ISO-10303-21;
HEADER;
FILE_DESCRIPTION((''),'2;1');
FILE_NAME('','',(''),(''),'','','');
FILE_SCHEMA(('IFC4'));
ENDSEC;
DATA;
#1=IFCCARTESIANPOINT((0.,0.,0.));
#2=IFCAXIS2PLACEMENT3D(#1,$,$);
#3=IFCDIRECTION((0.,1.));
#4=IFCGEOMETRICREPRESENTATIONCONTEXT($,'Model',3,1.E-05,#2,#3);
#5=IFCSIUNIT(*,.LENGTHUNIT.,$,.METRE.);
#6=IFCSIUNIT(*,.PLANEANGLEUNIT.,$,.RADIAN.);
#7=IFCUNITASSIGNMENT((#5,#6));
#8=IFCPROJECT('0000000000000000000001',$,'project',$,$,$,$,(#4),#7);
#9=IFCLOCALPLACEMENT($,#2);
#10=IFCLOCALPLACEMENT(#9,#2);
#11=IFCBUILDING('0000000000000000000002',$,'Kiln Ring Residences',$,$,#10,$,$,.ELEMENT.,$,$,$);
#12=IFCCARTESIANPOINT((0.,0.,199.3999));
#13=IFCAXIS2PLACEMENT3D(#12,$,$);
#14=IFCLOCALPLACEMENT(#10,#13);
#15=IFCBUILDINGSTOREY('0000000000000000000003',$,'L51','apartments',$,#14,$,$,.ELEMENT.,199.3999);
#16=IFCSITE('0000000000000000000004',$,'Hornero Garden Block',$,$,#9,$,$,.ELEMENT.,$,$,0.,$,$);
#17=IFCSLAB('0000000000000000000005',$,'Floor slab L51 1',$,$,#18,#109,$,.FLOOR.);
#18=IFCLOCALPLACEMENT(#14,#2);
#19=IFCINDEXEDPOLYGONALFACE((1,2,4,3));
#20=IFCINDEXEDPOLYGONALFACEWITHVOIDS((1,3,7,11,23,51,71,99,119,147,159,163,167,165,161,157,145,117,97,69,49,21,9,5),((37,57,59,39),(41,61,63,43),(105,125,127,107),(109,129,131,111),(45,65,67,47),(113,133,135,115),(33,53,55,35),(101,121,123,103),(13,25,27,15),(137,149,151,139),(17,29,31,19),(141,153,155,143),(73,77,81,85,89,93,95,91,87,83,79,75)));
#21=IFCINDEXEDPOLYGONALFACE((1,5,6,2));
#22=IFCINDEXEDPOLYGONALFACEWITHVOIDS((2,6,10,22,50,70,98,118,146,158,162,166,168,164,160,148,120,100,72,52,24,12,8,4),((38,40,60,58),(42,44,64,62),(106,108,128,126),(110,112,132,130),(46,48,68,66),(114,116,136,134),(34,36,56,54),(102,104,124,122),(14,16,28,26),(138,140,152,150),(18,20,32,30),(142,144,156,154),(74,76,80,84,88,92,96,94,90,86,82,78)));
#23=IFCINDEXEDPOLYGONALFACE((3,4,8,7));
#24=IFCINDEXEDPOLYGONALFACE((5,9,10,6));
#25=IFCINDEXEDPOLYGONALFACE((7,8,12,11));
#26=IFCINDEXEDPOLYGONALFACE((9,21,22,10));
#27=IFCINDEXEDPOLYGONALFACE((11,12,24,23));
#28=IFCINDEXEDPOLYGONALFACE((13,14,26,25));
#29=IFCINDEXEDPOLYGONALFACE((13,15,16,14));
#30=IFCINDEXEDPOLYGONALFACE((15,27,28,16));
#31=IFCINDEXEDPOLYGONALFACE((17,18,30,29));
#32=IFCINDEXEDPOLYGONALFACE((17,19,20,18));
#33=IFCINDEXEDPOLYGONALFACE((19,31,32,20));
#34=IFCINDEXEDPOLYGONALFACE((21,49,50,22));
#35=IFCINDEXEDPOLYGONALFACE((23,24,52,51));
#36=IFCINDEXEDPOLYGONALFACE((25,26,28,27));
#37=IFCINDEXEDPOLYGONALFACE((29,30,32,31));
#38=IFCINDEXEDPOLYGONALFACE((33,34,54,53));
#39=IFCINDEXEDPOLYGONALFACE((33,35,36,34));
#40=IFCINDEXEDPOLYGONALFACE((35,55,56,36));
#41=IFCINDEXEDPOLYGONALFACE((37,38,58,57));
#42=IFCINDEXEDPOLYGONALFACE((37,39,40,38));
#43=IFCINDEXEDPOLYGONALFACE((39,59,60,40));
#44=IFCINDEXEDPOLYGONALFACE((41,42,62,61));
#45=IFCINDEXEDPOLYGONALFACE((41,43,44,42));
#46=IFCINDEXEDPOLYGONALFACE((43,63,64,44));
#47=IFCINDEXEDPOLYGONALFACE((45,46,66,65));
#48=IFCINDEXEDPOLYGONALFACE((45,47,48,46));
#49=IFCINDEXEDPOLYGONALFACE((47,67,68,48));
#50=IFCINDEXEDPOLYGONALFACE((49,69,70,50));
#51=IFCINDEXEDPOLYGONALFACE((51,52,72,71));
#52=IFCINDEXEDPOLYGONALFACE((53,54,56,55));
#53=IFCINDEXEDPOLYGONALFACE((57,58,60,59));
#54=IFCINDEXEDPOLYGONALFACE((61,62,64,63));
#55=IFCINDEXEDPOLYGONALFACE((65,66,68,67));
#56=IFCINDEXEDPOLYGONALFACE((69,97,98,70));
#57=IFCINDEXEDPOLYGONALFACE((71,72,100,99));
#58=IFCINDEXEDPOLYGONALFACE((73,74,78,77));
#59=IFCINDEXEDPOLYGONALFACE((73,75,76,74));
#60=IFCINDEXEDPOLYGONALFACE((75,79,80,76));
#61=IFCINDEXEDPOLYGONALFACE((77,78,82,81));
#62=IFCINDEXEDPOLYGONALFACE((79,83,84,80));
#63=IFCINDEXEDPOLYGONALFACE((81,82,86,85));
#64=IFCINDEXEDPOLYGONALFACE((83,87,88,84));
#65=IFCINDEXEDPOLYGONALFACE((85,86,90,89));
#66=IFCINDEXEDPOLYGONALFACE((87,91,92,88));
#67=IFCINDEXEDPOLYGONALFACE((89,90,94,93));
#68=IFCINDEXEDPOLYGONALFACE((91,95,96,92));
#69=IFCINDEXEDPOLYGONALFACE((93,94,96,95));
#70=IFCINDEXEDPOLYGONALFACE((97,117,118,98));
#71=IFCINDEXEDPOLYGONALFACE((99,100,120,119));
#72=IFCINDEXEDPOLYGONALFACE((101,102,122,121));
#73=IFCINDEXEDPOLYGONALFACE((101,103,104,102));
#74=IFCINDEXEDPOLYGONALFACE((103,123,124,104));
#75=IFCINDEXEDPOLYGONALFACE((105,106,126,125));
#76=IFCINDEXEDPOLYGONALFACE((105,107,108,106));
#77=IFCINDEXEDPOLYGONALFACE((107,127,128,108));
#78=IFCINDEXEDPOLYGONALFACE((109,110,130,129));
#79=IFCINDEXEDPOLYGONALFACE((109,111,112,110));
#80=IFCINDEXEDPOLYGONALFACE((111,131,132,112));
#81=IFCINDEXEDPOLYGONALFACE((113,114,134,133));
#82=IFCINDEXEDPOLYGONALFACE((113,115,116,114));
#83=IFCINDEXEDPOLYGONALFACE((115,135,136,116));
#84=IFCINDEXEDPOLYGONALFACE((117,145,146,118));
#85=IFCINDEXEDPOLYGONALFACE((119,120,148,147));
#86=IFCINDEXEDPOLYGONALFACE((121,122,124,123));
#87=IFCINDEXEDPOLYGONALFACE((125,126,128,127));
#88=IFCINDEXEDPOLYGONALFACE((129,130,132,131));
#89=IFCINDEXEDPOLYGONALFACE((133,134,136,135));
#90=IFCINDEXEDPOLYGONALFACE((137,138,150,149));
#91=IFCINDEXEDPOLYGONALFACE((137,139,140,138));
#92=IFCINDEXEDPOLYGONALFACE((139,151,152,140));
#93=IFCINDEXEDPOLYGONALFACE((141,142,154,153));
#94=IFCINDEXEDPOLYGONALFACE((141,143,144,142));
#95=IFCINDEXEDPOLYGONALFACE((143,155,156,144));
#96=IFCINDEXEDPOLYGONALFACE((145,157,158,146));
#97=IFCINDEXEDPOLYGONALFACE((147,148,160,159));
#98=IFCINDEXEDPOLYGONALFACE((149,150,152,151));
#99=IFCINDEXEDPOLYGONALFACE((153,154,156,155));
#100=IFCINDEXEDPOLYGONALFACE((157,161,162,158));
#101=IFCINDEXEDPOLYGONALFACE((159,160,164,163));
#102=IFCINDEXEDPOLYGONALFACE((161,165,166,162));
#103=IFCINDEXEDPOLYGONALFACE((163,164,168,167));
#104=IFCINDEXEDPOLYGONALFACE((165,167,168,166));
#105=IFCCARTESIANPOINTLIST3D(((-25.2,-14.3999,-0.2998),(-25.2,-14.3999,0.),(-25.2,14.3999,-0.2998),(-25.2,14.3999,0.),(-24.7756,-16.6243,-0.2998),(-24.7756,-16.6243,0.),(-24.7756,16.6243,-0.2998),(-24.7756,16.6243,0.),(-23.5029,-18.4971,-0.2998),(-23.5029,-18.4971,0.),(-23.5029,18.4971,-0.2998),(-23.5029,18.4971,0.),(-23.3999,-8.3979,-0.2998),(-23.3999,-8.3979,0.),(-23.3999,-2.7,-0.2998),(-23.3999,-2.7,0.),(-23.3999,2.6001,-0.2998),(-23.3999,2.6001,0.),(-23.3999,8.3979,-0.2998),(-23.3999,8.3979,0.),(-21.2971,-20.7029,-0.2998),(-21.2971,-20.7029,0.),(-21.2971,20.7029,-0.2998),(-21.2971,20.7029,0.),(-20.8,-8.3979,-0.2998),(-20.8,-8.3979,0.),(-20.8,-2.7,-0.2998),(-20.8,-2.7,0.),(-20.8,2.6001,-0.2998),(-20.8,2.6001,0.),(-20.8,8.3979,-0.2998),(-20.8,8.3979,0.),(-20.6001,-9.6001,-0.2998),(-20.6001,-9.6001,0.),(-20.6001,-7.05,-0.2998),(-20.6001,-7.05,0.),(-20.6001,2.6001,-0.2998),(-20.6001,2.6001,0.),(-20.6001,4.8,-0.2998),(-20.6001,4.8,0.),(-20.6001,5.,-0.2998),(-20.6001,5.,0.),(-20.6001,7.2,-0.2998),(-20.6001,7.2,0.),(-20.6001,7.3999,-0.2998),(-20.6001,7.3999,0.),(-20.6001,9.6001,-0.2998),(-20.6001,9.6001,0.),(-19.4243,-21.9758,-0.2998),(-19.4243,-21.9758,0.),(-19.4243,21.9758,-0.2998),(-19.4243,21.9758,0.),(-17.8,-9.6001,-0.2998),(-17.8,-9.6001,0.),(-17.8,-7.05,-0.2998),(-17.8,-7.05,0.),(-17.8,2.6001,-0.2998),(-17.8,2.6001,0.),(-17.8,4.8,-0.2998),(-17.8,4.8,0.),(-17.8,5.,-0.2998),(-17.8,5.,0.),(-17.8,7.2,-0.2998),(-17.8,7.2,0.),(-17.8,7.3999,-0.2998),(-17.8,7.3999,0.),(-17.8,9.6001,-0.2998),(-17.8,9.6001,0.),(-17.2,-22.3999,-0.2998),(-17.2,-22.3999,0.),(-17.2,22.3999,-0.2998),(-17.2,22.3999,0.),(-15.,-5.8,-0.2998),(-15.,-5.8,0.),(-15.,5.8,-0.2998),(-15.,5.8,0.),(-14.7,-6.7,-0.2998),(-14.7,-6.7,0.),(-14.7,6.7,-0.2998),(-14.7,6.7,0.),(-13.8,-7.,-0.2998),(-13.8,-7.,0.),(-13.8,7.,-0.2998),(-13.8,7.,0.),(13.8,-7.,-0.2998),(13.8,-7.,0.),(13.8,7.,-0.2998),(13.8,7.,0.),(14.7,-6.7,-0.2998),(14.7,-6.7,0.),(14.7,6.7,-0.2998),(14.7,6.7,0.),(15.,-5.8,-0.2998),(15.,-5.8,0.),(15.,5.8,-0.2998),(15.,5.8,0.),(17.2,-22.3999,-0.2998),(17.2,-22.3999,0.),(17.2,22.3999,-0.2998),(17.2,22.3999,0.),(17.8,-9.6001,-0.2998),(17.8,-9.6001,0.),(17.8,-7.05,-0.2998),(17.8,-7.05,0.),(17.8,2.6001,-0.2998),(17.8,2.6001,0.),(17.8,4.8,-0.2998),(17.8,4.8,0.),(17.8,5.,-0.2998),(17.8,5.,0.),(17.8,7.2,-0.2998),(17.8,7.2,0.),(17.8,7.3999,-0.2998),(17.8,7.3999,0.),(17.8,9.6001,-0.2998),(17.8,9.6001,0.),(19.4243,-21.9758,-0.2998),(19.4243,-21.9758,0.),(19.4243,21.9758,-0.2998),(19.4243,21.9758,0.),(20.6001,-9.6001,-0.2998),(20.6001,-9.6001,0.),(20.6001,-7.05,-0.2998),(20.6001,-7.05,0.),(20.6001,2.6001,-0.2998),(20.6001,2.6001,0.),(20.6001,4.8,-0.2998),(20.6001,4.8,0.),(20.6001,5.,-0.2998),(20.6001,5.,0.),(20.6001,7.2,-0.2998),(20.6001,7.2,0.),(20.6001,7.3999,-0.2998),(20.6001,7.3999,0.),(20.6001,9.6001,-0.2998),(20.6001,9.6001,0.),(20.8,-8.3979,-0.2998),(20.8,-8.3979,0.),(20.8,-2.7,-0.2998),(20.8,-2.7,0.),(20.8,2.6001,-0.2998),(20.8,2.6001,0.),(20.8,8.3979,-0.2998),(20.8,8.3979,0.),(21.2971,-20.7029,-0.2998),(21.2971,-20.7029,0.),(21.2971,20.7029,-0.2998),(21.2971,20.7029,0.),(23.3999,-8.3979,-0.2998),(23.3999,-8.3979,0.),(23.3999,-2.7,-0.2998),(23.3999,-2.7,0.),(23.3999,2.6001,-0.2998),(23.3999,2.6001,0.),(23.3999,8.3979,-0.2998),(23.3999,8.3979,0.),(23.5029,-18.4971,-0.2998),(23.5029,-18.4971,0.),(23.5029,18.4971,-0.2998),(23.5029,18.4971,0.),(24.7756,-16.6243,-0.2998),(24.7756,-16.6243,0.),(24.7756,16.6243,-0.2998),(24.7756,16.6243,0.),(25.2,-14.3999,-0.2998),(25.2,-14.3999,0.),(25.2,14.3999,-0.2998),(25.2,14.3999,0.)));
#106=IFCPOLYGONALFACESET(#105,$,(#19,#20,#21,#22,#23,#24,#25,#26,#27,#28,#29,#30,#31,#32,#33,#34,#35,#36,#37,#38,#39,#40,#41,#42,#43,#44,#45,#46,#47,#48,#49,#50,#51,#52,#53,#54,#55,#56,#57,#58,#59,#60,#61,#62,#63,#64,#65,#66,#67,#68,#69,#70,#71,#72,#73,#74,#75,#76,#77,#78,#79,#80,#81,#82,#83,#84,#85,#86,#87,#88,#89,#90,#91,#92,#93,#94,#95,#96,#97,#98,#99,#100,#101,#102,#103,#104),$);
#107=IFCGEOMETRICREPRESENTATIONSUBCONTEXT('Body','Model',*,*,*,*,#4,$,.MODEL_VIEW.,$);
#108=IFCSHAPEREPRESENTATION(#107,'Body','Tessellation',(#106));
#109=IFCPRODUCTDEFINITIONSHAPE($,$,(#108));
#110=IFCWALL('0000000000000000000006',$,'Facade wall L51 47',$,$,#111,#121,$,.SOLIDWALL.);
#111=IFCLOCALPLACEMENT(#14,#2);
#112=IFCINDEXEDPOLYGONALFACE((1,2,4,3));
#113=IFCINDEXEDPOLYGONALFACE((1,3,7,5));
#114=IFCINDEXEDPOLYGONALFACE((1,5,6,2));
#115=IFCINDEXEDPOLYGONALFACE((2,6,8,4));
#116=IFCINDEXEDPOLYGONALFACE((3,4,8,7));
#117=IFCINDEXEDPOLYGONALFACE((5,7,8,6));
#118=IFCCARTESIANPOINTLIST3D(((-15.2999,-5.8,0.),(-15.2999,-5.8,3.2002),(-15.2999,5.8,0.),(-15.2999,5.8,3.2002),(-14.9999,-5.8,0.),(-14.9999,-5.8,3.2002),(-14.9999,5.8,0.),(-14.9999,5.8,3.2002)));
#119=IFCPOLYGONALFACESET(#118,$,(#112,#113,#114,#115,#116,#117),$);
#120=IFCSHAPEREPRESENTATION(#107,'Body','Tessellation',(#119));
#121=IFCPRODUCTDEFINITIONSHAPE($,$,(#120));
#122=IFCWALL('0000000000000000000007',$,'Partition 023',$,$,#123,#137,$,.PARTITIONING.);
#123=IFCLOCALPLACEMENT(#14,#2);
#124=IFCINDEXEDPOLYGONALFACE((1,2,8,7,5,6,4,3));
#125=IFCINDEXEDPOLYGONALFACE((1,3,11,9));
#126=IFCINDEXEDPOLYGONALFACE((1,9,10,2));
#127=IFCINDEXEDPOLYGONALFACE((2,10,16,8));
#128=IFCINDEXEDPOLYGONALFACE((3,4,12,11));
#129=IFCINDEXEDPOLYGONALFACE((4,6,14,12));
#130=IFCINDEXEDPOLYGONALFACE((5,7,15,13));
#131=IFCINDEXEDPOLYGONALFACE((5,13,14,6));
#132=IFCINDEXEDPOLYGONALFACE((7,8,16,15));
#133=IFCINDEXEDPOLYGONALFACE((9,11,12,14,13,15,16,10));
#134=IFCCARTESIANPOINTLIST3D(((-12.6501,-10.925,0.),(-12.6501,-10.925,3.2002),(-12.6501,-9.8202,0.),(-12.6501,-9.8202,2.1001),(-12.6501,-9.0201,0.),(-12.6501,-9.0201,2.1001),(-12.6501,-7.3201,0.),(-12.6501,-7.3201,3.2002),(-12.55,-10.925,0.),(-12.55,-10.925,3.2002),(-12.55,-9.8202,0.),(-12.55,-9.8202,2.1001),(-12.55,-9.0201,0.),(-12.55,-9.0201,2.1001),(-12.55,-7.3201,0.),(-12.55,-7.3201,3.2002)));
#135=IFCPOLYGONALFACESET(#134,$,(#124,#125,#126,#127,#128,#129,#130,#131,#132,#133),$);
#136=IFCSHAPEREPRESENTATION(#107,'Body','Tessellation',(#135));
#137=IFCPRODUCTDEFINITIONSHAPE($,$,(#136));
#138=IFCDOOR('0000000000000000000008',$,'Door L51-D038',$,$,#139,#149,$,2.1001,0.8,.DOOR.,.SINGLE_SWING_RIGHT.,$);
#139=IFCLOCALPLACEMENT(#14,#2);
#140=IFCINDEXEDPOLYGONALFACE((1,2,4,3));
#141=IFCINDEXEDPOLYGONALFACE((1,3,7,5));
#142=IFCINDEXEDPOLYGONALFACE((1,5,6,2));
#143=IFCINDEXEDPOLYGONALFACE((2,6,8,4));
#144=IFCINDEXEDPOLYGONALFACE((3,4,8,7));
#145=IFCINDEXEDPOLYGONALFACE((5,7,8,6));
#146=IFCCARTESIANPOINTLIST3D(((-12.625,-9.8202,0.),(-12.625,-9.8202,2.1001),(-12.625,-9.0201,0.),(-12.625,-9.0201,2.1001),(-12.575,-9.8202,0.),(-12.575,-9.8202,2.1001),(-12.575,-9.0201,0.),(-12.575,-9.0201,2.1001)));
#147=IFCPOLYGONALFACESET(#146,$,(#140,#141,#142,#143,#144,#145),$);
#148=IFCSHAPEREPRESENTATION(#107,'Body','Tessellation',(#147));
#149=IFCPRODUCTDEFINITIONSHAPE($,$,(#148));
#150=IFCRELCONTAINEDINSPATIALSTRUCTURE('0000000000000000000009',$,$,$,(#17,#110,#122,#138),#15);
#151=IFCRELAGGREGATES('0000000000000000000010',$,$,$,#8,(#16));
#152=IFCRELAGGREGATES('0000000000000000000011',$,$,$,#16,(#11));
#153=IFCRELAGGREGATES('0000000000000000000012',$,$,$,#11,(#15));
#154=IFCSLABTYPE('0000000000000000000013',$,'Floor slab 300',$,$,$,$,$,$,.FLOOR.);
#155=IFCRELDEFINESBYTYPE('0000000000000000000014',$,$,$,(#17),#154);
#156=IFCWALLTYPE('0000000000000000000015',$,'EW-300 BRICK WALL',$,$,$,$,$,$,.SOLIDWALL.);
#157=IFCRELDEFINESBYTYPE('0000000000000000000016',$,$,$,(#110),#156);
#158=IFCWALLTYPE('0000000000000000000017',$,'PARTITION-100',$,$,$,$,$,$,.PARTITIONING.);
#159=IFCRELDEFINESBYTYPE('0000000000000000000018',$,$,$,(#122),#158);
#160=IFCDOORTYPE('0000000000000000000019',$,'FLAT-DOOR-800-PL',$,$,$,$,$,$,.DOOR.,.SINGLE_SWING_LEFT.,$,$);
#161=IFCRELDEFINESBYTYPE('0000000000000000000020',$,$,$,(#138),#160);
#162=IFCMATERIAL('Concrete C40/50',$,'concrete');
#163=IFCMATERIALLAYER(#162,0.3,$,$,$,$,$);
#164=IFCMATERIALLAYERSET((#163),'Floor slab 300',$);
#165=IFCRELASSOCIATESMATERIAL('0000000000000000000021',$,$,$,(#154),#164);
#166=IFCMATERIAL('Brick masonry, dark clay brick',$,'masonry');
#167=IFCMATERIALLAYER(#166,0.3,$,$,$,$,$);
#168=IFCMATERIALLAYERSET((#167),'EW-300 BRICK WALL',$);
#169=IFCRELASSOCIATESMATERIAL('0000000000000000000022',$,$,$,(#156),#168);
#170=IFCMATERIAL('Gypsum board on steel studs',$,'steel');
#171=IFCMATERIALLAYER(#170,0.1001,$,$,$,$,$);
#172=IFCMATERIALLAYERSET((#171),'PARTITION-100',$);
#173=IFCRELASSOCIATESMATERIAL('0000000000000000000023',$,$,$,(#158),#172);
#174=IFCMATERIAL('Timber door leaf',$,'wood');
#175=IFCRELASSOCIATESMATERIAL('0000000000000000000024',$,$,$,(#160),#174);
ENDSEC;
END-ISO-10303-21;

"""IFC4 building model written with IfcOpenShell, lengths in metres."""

from ifc_helpers import new_model, si_unit, direction, frame, frame_2d, origin, place, context, subcontext, project, spatial, polyline, rectangle, outline, extrude, material, layer, layer_set, type_object, element, fill, save


model = new_model("IFC4")

# Units and contexts
model_context = context("Model", 3, precision=1e-05, world=origin(), true_north=direction((0.0, 1.0)))
body_context = subcontext(model_context, "Body", "Model", "MODEL_VIEW")
ifc_project = project(units=[si_unit("LENGTHUNIT", "METRE"), si_unit("PLANEANGLEUNIT", "RADIAN")], contexts=[model_context])

# Site, building, storey
site_placement = place(None, origin())
site = spatial("IfcSite", under=ifc_project, at=site_placement, Name="Hornero Garden Block", CompositionType="ELEMENT", RefElevation=0.0)
building_placement = place(site_placement, origin())
building = spatial("IfcBuilding", under=site, at=building_placement, Name="Kiln Ring Residences", CompositionType="ELEMENT")
storey_placement = place(building_placement, frame((0.0, 0.0, 199.3999)))
storey = spatial("IfcBuildingStorey", under=building, at=storey_placement, Name="L51", Description="apartments", CompositionType="ELEMENT", Elevation=199.3999)

# Slab
ifc_material_1 = material(Name="Concrete C40/50", Category="concrete")
ifc_layer_1 = layer(ifc_material_1, 0.3)
ifc_layer_set_1 = layer_set([ifc_layer_1], Name="Floor slab 300")
slab_type = type_object("IfcSlabType", Name="Floor slab 300", PredefinedType="FLOOR", material=ifc_layer_set_1)
slab_placement = place(storey_placement, frame((0.0, 0.0, -0.2998)))
element("IfcSlab", 1, at=slab_placement, inside=storey, type_object=slab_type, Name="Floor slab L51 1", PredefinedType="FLOOR", context=body_context, shape_type="SweptSolid", body=[
    extrude(outline(polyline([(-23.5029, -18.4971), (-21.2971, -20.7029), (-19.4243, -21.9758), (-17.2, -22.3999), (17.2, -22.3999), (19.4243, -21.9758), (21.2971, -20.7029), (23.5029, -18.4971), (24.7756, -16.6243), (25.2, -14.3999), (25.2, 14.3999), (24.7756, 16.6243), (23.5029, 18.4971), (21.2971, 20.7029), (19.4243, 21.9758), (17.2, 22.3999), (-17.2, 22.3999), (-19.4243, 21.9758), (-21.2971, 20.7029), (-23.5029, 18.4971), (-24.7756, 16.6243), (-25.2, 14.3999), (-25.2, -14.3999), (-24.7756, -16.6243), (-23.5029, -18.4971)]), holes=[polyline([(-14.7, -6.7), (-15.0, -5.8), (-15.0, 5.8), (-14.7, 6.7), (-13.8, 7.0), (13.8, 7.0), (14.7, 6.7), (15.0, 5.8), (15.0, -5.8), (14.7, -6.7), (13.8, -7.0), (-13.8, -7.0), (-14.7, -6.7)]), polyline([(20.8, -8.3979), (20.8, -2.7), (23.3999, -2.7), (23.3999, -8.3979), (20.8, -8.3979)]), polyline([(23.3999, 2.6001), (20.8, 2.6001), (20.8, 8.3979), (23.3999, 8.3979), (23.3999, 2.6001)]), polyline([(17.8, 2.6001), (17.8, 4.8), (20.6001, 4.8), (20.6001, 2.6001), (17.8, 2.6001)]), polyline([(17.8, 5.0), (17.8, 7.2), (20.6001, 7.2), (20.6001, 5.0), (17.8, 5.0)]), polyline([(17.8, 7.3999), (17.8, 9.6001), (20.6001, 9.6001), (20.6001, 7.3999), (17.8, 7.3999)]), polyline([(20.6001, -9.6001), (17.8, -9.6001), (17.8, -7.05), (20.6001, -7.05), (20.6001, -9.6001)]), polyline([(-17.8, -7.05), (-17.8, -9.6001), (-20.6001, -9.6001), (-20.6001, -7.05), (-17.8, -7.05)]), polyline([(-17.8, 2.6001), (-20.6001, 2.6001), (-20.6001, 4.8), (-17.8, 4.8), (-17.8, 2.6001)]), polyline([(-17.8, 5.0), (-20.6001, 5.0), (-20.6001, 7.2), (-17.8, 7.2), (-17.8, 5.0)]), polyline([(-17.8, 7.3999), (-20.6001, 7.3999), (-20.6001, 9.6001), (-17.8, 9.6001), (-17.8, 7.3999)]), polyline([(-20.8, -8.3979), (-23.3999, -8.3979), (-23.3999, -2.7), (-20.8, -2.7), (-20.8, -8.3979)]), polyline([(-20.8, 8.3979), (-20.8, 2.6001), (-23.3999, 2.6001), (-23.3999, 8.3979), (-20.8, 8.3979)])]), origin(), (0.0, 0.0, 1.0), 0.2998),
])

# Wall
ifc_material_2 = material(Name="Brick masonry, dark clay brick", Category="masonry")
ifc_layer_2 = layer(ifc_material_2, 0.3)
ifc_layer_set_2 = layer_set([ifc_layer_2], Name="EW-300 BRICK WALL")
wall_type_1 = type_object("IfcWallType", Name="EW-300 BRICK WALL", PredefinedType="SOLIDWALL", material=ifc_layer_set_2)
wall_1_placement = place(storey_placement, frame((-15.1499, -5.8, 0.0), z_axis=(0.0, 0.0, 1.0), x_axis=(0.0, 1.0, 0.0)))
element("IfcWall", 2, at=wall_1_placement, inside=storey, type_object=wall_type_1, Name="Facade wall L51 47", PredefinedType="SOLIDWALL", context=body_context, shape_type="SweptSolid", body=[
    extrude(rectangle(XDim=11.6001, YDim=0.3, at=frame_2d((5.8, 0.0))), origin(), (0.0, 0.0, 1.0), 3.2002),
])

# Wall, opening, door
ifc_material_3 = material(Name="Gypsum board on steel studs", Category="steel")
ifc_layer_3 = layer(ifc_material_3, 0.1001)
ifc_layer_set_3 = layer_set([ifc_layer_3], Name="PARTITION-100")
wall_type_2 = type_object("IfcWallType", Name="PARTITION-100", PredefinedType="PARTITIONING", material=ifc_layer_set_3)
wall_2_placement = place(storey_placement, frame((-12.6001, -10.925, 0.0), z_axis=(0.0, 0.0, 1.0), x_axis=(0.0, 1.0, 0.0)))
wall_2 = element("IfcWall", 3, at=wall_2_placement, inside=storey, type_object=wall_type_2, Name="Partition 023", PredefinedType="PARTITIONING", context=body_context, shape_type="SweptSolid", body=[
    extrude(rectangle(XDim=3.605, YDim=0.1001, at=frame_2d((1.8025, 0.0))), origin(), (0.0, 0.0, 1.0), 3.2002),
])
opening_1_placement = place(wall_2_placement, frame((1.105, 0.0, 0.0)))
opening_1 = element("IfcOpeningElement", 4, at=opening_1_placement, cuts=wall_2, PredefinedType="OPENING", context=body_context, shape_type="SweptSolid", body=[
    extrude(rectangle(XDim=0.8, YDim=2.1001, at=frame_2d((0.3999, 1.05))), frame((0.0, 0.0601, 0.0), z_axis=(0.0, -1.0, 0.0), x_axis=(1.0, 0.0, 0.0)), (0.0, 0.0, 1.0), 0.1201),
])
ifc_material_4 = material(Name="Timber door leaf", Category="wood")
door_type_1 = type_object("IfcDoorType", Name="FLAT-DOOR-800-PL", OperationType="SINGLE_SWING_LEFT", PredefinedType="DOOR", material=ifc_material_4)
door_1_placement = place(opening_1_placement, origin())
door_1 = element("IfcDoor", 5, at=door_1_placement, inside=storey, type_object=door_type_1, Name="Door L51-D038", OperationType="SINGLE_SWING_RIGHT", OverallHeight=2.1001, OverallWidth=0.8, PredefinedType="DOOR", context=body_context, shape_type="SweptSolid", body=[
    extrude(rectangle(XDim=0.8, YDim=2.1001, at=frame_2d((0.3999, 1.05))), frame((0.0, 0.0249, 0.0), z_axis=(0.0, -1.0, 0.0), x_axis=(1.0, 0.0, 0.0)), (0.0, 0.0, 1.0), 0.05),
])
fill(opening_1, door_1)

save(model, "model.ifc")
